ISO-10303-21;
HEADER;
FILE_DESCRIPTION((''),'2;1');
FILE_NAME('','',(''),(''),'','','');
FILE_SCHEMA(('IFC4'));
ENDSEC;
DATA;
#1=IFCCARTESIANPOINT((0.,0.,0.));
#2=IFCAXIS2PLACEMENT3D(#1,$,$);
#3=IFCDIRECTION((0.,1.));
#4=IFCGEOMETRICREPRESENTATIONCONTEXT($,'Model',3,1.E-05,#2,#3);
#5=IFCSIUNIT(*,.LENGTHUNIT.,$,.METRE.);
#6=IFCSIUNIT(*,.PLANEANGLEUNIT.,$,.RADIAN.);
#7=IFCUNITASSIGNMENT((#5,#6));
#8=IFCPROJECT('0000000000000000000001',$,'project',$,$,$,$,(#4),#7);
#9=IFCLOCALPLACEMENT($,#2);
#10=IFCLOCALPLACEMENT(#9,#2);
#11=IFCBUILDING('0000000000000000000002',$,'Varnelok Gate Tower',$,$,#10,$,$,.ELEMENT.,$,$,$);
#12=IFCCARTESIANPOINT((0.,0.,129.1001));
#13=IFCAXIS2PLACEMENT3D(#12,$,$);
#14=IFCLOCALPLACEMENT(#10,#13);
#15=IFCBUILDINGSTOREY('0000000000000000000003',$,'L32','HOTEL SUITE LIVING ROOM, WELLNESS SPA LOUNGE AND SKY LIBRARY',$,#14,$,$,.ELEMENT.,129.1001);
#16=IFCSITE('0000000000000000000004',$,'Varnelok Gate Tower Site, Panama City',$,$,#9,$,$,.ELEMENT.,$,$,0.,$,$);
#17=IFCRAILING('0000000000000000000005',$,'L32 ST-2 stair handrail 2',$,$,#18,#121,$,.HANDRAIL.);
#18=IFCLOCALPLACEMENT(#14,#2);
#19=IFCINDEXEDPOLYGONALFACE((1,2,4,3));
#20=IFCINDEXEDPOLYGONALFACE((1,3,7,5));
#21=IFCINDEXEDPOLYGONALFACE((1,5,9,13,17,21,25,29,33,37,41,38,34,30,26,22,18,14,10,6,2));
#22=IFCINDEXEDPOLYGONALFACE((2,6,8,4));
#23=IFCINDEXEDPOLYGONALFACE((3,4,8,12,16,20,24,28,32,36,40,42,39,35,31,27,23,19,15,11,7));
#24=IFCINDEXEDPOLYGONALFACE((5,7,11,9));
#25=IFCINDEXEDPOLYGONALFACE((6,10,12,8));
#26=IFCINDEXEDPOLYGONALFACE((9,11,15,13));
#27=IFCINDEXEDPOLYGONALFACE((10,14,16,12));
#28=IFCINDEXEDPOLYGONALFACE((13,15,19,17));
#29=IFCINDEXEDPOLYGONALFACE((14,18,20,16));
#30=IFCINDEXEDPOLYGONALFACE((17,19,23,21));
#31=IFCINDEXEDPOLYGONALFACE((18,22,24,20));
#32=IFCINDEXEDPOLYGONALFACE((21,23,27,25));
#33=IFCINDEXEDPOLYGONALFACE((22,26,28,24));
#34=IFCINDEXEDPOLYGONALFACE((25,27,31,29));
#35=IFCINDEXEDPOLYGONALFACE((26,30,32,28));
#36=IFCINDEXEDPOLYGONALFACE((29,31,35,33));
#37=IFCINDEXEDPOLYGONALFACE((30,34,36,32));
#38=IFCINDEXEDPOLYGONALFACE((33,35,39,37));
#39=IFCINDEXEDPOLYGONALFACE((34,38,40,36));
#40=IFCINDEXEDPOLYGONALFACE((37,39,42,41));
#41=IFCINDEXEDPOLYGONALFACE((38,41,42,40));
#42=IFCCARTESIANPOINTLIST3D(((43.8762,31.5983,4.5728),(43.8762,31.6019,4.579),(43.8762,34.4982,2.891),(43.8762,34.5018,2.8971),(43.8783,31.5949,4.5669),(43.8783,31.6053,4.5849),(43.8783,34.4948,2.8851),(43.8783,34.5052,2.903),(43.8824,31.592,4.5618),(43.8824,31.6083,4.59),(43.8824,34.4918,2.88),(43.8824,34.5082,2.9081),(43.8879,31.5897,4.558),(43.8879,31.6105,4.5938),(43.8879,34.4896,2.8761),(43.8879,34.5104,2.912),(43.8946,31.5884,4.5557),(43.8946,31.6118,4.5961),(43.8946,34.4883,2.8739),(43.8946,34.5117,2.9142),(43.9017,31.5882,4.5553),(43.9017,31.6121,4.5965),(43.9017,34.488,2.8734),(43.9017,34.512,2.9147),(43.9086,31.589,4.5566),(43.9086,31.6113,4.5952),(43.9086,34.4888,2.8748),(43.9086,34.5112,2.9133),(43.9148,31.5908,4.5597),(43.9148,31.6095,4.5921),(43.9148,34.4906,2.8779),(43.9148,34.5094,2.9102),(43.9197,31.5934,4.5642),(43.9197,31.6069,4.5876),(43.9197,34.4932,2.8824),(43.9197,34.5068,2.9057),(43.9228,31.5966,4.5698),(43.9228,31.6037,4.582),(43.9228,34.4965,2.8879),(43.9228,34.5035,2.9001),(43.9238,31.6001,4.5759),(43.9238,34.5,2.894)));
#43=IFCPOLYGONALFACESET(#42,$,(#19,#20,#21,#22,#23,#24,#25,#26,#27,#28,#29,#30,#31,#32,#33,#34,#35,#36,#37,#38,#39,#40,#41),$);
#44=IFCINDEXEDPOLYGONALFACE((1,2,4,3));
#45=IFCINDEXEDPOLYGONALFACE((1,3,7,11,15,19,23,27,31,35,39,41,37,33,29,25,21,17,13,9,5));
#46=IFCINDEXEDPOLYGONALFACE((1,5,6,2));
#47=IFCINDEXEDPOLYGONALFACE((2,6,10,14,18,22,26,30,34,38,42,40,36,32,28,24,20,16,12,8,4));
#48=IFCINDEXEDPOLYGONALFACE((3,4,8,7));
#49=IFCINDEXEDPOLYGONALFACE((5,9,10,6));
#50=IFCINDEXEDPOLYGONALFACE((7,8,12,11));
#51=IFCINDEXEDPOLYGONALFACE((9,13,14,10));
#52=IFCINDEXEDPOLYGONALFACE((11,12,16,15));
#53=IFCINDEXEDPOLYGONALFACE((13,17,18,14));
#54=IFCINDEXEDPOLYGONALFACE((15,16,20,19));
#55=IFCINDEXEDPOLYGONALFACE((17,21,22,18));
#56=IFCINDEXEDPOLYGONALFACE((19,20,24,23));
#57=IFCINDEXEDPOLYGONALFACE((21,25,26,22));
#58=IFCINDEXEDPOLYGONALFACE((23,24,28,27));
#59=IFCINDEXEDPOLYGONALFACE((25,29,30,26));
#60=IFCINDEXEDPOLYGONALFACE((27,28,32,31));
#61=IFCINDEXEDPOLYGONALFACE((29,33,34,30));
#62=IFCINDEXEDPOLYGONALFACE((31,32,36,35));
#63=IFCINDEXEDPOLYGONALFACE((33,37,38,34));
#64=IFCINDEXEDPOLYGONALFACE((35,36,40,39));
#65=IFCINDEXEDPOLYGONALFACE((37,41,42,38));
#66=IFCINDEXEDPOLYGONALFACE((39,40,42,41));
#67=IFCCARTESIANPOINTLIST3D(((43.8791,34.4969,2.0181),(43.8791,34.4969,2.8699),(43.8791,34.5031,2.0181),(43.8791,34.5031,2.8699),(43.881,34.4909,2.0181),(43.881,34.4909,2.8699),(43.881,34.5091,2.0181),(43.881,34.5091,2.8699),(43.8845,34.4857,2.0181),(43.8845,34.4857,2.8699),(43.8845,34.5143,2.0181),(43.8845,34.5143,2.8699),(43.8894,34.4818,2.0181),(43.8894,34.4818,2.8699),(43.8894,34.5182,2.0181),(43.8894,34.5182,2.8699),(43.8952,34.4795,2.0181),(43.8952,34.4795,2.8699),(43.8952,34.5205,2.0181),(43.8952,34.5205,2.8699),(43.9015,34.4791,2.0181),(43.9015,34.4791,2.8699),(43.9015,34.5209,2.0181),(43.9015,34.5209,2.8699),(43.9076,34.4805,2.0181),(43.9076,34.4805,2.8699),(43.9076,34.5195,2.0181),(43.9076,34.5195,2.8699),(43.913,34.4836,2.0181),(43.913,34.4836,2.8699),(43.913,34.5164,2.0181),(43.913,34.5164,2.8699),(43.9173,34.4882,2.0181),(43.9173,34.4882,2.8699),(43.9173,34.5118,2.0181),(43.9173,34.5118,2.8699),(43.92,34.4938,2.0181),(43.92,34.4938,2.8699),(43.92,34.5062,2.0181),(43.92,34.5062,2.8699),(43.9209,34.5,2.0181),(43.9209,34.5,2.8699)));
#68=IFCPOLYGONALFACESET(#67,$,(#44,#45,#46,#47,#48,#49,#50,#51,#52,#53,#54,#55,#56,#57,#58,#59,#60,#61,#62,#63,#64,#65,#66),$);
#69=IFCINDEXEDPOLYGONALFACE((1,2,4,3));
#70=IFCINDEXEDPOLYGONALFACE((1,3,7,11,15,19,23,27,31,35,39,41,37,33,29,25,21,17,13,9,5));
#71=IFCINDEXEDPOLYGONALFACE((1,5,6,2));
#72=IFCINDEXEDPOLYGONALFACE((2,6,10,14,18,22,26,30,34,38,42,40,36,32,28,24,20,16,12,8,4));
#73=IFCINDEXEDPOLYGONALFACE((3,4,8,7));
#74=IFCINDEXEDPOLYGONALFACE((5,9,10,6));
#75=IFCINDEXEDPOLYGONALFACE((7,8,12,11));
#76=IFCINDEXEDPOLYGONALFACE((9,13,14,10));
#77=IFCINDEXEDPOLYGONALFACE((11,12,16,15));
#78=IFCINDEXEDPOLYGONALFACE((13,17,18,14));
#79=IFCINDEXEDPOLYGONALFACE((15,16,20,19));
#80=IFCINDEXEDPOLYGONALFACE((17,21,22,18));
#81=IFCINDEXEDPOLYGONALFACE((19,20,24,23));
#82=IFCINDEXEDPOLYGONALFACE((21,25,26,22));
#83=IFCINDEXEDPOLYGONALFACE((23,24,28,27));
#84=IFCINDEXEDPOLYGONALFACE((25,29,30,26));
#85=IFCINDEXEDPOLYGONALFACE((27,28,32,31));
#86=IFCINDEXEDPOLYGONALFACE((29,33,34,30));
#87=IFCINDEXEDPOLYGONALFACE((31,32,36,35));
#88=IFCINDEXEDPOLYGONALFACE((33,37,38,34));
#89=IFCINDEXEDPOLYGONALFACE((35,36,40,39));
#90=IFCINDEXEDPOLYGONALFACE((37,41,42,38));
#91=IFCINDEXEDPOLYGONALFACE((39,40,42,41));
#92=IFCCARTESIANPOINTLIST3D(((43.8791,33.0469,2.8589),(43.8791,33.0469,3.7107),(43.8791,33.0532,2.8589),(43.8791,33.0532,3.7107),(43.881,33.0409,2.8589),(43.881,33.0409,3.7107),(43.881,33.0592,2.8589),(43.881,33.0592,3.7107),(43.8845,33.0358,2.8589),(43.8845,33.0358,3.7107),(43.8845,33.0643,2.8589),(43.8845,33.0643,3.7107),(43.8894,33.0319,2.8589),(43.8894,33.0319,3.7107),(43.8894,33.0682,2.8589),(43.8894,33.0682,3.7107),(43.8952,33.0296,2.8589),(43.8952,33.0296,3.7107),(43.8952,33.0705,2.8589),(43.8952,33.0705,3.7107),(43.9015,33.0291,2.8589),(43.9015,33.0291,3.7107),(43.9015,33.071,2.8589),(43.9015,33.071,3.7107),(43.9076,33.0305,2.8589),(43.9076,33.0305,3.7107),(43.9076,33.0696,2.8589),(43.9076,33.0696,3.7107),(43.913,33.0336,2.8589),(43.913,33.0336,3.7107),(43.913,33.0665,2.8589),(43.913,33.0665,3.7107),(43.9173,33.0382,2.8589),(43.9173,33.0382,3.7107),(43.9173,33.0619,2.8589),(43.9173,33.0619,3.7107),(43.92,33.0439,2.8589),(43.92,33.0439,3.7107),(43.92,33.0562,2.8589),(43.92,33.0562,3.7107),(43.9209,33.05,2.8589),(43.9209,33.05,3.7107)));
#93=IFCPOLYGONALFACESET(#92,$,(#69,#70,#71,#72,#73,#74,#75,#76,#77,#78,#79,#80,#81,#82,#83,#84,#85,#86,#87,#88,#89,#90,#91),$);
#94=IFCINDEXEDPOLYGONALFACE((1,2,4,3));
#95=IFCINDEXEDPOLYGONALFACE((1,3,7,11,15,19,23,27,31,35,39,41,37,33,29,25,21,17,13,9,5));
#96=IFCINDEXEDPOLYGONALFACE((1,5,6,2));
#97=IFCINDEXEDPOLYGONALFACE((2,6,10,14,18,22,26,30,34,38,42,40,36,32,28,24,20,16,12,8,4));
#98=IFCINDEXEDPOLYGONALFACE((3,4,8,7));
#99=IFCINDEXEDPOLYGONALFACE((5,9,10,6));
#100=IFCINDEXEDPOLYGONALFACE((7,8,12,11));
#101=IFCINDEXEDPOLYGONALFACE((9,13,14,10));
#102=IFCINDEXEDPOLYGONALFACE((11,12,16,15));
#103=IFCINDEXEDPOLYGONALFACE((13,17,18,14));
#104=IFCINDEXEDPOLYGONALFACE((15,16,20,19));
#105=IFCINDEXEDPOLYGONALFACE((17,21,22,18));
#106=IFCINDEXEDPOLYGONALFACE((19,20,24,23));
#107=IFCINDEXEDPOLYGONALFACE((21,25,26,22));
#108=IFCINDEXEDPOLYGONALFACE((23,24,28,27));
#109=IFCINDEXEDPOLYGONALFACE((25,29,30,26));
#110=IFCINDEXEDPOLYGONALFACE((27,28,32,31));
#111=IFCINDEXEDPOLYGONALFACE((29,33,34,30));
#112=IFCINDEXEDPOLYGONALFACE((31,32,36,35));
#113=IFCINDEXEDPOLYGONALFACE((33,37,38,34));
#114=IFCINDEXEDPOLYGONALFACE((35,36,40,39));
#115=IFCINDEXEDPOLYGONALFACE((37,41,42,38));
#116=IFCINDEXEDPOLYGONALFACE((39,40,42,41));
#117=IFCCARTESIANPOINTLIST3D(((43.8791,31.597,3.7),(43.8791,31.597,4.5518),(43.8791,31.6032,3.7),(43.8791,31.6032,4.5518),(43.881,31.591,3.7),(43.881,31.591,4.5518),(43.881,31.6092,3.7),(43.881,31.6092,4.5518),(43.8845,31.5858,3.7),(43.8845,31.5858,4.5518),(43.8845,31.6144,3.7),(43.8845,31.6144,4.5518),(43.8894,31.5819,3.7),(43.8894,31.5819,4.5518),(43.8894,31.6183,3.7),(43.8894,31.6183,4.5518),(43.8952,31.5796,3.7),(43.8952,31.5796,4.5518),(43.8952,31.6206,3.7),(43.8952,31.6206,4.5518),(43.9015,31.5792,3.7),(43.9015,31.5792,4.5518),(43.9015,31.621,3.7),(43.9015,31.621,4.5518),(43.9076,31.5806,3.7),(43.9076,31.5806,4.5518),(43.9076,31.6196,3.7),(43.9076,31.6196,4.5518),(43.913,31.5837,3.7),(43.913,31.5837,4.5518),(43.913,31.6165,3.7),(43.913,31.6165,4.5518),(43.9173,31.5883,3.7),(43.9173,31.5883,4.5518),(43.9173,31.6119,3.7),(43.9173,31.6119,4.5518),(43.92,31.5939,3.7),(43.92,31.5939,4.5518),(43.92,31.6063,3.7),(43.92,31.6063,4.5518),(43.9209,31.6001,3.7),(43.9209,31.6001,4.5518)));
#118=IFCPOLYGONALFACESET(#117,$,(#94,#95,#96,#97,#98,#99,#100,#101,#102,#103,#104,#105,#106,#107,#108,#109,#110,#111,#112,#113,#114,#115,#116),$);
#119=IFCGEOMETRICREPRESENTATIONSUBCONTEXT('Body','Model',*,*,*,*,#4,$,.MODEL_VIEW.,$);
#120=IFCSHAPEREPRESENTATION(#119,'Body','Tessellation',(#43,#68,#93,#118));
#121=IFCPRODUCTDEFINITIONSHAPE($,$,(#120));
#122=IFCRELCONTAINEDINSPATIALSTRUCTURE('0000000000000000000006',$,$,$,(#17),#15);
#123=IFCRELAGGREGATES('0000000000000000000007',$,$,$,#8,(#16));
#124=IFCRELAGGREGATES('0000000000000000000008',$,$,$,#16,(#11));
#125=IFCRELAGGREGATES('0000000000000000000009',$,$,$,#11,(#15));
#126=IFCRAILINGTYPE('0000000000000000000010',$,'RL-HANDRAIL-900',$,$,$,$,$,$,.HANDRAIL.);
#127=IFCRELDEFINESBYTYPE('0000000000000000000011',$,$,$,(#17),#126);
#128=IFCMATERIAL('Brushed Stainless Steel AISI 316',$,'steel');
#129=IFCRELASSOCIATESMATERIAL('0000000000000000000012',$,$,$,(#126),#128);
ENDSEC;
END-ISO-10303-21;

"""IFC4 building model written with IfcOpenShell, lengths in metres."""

from ifc_helpers import new_model, si_unit, direction, frame, origin, origin_2d, place, context, subcontext, project, spatial, circle, extrude, material, type_object, element, save


model = new_model("IFC4")

# Units and contexts
model_context = context("Model", 3, precision=1e-05, world=origin(), true_north=direction((0.0, 1.0)))
body_context = subcontext(model_context, "Body", "Model", "MODEL_VIEW")
ifc_project = project(units=[si_unit("LENGTHUNIT", "METRE"), si_unit("PLANEANGLEUNIT", "RADIAN")], contexts=[model_context])

# Site, building, storey
site_placement = place(None, origin())
site = spatial("IfcSite", under=ifc_project, at=site_placement, Name="Varnelok Gate Tower Site, Panama City", CompositionType="ELEMENT", RefElevation=0.0)
building_placement = place(site_placement, origin())
building = spatial("IfcBuilding", under=site, at=building_placement, Name="Varnelok Gate Tower", CompositionType="ELEMENT")
storey_placement = place(building_placement, frame((0.0, 0.0, 129.1001)))
storey = spatial("IfcBuildingStorey", under=building, at=storey_placement, Name="L32", Description="HOTEL SUITE LIVING ROOM, WELLNESS SPA LOUNGE AND SKY LIBRARY", CompositionType="ELEMENT", Elevation=129.1001)

# Railing
ifc_material_1 = material(Name="Brushed Stainless Steel AISI 316", Category="steel")
railing_type_1 = type_object("IfcRailingType", Name="RL-HANDRAIL-900", PredefinedType="HANDRAIL", material=ifc_material_1)
railing_1_placement = place(storey_placement, frame((43.8999, 34.5, 2.0181)))
element("IfcRailing", 1, at=railing_1_placement, inside=storey, type_object=railing_type_1, Name="L32 ST-2 stair handrail 2", PredefinedType="HANDRAIL", context=body_context, shape_type="SweptSolid", body=[
    extrude(circle(Radius=0.0239, at=origin_2d()), frame((0.0, 0.0, 0.876), z_axis=(0.0, -0.865039, 0.501705), x_axis=(1.0, 0.0, 0.0)), (0.0, 0.0, 1.0), 3.3523),
    extrude(circle(Radius=0.021, at=origin_2d()), origin(), (0.0, 0.0, 1.0), 0.8518),
    extrude(circle(Radius=0.021, at=origin_2d()), frame((0.0, -1.45, 0.8408)), (0.0, 0.0, 1.0), 0.8518),
    extrude(circle(Radius=0.021, at=origin_2d()), frame((0.0, -2.8999, 1.6819)), (0.0, 0.0, 1.0), 0.8518),
])

save(model, "model.ifc")
